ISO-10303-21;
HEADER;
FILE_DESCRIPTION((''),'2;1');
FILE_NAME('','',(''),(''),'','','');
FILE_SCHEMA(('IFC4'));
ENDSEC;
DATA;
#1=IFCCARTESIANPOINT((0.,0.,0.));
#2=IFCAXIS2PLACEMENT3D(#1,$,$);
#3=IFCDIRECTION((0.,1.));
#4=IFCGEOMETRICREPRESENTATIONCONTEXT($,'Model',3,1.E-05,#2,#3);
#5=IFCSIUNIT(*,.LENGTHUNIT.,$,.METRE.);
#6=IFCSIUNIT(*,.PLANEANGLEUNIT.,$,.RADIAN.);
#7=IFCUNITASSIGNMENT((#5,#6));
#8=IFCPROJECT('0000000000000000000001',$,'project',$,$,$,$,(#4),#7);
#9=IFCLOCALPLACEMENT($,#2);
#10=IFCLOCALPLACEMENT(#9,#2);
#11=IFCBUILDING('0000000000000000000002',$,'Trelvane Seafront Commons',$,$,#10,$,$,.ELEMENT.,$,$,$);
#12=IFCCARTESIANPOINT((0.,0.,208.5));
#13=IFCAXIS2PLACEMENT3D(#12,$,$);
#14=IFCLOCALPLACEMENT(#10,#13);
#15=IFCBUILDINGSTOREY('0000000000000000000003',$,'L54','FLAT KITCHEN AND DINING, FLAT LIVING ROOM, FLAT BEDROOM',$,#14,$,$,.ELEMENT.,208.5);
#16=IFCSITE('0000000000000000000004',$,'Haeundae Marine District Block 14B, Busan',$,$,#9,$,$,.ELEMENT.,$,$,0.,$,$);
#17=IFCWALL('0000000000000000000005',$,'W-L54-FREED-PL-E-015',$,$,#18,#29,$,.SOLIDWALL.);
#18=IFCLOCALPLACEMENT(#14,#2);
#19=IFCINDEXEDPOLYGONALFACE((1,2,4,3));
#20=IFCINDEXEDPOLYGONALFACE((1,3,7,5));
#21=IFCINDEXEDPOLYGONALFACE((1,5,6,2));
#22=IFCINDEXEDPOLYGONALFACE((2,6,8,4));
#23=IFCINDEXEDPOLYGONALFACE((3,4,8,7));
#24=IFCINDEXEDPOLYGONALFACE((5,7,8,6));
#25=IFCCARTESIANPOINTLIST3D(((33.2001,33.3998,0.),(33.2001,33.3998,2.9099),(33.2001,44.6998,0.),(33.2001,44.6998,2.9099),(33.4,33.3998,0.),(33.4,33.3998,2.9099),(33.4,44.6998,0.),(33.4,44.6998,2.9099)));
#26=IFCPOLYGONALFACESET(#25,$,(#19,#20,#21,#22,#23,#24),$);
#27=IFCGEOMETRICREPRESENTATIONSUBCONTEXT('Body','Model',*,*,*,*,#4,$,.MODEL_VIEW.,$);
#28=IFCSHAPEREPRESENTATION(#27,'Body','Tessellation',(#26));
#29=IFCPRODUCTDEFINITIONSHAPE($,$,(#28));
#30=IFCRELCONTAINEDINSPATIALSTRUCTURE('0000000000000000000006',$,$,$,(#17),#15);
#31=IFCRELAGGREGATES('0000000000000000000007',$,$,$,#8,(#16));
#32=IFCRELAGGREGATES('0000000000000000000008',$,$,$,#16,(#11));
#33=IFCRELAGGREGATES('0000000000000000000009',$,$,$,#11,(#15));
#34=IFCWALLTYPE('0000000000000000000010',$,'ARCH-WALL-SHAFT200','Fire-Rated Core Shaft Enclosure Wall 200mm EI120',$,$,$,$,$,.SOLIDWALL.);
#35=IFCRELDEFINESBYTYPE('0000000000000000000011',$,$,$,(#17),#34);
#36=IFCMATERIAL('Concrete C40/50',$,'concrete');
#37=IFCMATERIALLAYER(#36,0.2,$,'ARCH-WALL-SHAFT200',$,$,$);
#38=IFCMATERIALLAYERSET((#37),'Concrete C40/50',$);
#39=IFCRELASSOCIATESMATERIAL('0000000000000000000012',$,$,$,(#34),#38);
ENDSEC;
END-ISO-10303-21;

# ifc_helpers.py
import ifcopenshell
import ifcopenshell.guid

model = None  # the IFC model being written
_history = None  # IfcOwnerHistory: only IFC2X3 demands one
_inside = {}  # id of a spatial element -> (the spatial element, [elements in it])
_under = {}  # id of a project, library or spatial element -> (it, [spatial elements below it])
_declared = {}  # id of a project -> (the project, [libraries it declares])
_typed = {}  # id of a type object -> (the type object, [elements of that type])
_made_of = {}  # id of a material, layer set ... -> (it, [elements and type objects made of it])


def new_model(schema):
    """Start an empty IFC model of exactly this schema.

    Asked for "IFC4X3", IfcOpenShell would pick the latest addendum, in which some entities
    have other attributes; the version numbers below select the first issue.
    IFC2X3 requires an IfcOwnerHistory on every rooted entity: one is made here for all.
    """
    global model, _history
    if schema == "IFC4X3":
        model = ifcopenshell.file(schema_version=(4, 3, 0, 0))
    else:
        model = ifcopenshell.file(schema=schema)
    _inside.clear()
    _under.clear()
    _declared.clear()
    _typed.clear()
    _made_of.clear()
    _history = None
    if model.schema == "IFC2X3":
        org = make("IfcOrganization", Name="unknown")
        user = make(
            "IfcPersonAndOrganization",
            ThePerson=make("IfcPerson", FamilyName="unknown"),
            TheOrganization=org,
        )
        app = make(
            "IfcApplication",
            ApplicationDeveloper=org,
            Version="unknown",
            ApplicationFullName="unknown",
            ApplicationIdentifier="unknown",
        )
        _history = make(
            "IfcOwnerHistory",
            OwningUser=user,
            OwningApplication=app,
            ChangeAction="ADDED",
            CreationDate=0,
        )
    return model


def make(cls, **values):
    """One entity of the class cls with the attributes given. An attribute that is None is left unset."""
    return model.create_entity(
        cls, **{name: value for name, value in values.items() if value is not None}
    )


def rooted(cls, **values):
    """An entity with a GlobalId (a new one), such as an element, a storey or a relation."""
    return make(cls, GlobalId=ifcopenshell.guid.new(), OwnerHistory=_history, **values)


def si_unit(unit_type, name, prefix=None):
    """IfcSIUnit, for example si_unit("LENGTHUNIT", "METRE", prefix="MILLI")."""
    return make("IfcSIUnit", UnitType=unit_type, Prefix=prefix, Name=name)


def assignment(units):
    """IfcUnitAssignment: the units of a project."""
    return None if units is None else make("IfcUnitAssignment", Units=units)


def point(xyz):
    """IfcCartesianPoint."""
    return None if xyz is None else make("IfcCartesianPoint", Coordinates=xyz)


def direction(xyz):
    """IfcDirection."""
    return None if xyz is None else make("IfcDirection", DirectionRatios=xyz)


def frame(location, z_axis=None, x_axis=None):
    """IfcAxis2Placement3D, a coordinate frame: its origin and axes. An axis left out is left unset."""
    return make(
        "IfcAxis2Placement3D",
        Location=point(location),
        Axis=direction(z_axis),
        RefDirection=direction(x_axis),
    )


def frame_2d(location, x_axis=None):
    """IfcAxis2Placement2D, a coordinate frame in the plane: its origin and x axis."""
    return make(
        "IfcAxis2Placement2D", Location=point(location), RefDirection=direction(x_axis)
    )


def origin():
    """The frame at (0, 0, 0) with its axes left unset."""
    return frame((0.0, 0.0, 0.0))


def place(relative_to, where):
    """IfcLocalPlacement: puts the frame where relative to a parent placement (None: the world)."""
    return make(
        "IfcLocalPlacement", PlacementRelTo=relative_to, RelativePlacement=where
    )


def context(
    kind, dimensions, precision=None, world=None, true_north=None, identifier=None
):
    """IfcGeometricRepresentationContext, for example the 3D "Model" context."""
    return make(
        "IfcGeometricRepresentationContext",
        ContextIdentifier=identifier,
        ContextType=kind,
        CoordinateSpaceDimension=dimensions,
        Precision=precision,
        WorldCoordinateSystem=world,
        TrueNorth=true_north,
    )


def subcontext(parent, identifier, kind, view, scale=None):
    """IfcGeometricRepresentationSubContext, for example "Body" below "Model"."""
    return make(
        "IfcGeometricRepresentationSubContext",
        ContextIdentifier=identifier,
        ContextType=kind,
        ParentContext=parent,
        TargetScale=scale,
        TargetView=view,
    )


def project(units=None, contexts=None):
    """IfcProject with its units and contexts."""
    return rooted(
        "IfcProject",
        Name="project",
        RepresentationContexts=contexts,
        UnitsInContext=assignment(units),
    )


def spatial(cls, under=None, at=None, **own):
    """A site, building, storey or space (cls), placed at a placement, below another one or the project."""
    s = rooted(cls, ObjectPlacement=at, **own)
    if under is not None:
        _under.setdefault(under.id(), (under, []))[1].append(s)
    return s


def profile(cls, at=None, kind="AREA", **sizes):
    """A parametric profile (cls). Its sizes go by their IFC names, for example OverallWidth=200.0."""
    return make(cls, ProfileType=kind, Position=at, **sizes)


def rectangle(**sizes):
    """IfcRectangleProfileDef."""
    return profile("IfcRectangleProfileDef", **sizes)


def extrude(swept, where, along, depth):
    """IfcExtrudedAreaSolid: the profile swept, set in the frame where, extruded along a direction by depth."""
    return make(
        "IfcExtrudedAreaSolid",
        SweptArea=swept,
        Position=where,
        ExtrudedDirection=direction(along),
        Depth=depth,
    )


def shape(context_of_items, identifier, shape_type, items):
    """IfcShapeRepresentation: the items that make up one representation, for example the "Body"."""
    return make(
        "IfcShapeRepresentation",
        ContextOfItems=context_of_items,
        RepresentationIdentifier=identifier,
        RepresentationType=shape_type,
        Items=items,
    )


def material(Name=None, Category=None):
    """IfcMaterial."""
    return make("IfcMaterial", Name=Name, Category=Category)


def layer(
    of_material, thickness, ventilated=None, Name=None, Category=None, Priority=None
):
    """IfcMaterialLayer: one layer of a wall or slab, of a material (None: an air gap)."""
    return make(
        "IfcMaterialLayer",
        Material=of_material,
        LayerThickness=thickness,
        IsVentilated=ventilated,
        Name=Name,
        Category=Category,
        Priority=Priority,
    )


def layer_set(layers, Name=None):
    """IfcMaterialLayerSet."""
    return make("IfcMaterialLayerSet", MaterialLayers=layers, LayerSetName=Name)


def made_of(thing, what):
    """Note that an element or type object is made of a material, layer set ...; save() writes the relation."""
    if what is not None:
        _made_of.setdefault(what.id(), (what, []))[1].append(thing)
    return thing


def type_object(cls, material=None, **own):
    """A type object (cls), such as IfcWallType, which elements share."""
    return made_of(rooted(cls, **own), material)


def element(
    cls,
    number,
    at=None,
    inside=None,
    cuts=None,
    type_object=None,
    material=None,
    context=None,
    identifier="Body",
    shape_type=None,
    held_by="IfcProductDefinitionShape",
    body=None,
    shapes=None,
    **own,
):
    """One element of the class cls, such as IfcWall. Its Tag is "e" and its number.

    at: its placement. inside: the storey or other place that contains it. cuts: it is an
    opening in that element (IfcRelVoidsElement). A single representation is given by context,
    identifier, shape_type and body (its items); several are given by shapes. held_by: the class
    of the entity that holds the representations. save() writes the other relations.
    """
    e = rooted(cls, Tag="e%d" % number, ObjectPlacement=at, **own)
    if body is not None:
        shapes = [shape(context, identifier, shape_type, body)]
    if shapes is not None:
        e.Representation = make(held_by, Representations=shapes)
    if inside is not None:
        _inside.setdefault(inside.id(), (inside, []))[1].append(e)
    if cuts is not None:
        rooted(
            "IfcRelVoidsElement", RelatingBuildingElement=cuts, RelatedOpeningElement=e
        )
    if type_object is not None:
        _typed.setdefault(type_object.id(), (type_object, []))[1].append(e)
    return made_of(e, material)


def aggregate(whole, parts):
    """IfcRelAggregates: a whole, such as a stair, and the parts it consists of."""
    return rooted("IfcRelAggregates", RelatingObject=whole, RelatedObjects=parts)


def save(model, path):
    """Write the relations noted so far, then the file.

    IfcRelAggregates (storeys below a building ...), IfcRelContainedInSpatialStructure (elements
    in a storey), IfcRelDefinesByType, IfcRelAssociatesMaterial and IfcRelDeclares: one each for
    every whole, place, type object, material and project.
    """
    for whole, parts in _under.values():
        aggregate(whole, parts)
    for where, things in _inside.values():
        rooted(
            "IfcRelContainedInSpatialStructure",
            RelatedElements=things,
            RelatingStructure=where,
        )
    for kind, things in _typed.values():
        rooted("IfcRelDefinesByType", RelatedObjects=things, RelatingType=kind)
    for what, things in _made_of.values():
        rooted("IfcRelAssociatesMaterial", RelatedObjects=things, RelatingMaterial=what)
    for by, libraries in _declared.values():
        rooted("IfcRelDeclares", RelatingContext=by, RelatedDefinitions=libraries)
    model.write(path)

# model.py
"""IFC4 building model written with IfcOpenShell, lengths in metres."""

from ifc_helpers import new_model, si_unit, direction, frame, frame_2d, origin, place, context, subcontext, project, spatial, rectangle, extrude, material, layer, layer_set, type_object, element, save


model = new_model("IFC4")

# Units and contexts
model_context = context("Model", 3, precision=1e-05, world=origin(), true_north=direction((0.0, 1.0)))
body_context = subcontext(model_context, "Body", "Model", "MODEL_VIEW")
ifc_project = project(units=[si_unit("LENGTHUNIT", "METRE"), si_unit("PLANEANGLEUNIT", "RADIAN")], contexts=[model_context])

# Site, building, storey
site_placement = place(None, origin())
site = spatial("IfcSite", under=ifc_project, at=site_placement, Name="Haeundae Marine District Block 14B, Busan", CompositionType="ELEMENT", RefElevation=0.0)
building_placement = place(site_placement, origin())
building = spatial("IfcBuilding", under=site, at=building_placement, Name="Trelvane Seafront Commons", CompositionType="ELEMENT")
storey_placement = place(building_placement, frame((0.0, 0.0, 208.5)))
storey = spatial("IfcBuildingStorey", under=building, at=storey_placement, Name="L54", Description="FLAT KITCHEN AND DINING, FLAT LIVING ROOM, FLAT BEDROOM", CompositionType="ELEMENT", Elevation=208.5)

# Shared definitions
ifc_material_1 = material(Name="Concrete C40/50", Category="concrete")

# Wall
ifc_layer_1 = layer(ifc_material_1, 0.2, Name="ARCH-WALL-SHAFT200")
ifc_layer_set_1 = layer_set([ifc_layer_1], Name="Concrete C40/50")
wall_type_1 = type_object("IfcWallType", Name="ARCH-WALL-SHAFT200", Description="Fire-Rated Core Shaft Enclosure Wall 200mm EI120", PredefinedType="SOLIDWALL", material=ifc_layer_set_1)
for number, where, z_axis, x_axis, name in (
    (1, (33.3, 33.3999, 0.0), (0.0, 0.0, 1.0), (0.0, 1.0, 0.0), "W-L54-FREED-PL-E-015"),
):
    element("IfcWall", number, at=place(storey_placement, frame(where, z_axis=z_axis, x_axis=x_axis)), inside=storey, type_object=wall_type_1, Name=name, PredefinedType="SOLIDWALL", context=body_context, shape_type="SweptSolid", body=[
        extrude(rectangle(XDim=11.3, YDim=0.2, at=frame_2d((5.6499, 0.0))), origin(), (0.0, 0.0, 1.0), 2.9099),
    ])

save(model, "model.ifc")
